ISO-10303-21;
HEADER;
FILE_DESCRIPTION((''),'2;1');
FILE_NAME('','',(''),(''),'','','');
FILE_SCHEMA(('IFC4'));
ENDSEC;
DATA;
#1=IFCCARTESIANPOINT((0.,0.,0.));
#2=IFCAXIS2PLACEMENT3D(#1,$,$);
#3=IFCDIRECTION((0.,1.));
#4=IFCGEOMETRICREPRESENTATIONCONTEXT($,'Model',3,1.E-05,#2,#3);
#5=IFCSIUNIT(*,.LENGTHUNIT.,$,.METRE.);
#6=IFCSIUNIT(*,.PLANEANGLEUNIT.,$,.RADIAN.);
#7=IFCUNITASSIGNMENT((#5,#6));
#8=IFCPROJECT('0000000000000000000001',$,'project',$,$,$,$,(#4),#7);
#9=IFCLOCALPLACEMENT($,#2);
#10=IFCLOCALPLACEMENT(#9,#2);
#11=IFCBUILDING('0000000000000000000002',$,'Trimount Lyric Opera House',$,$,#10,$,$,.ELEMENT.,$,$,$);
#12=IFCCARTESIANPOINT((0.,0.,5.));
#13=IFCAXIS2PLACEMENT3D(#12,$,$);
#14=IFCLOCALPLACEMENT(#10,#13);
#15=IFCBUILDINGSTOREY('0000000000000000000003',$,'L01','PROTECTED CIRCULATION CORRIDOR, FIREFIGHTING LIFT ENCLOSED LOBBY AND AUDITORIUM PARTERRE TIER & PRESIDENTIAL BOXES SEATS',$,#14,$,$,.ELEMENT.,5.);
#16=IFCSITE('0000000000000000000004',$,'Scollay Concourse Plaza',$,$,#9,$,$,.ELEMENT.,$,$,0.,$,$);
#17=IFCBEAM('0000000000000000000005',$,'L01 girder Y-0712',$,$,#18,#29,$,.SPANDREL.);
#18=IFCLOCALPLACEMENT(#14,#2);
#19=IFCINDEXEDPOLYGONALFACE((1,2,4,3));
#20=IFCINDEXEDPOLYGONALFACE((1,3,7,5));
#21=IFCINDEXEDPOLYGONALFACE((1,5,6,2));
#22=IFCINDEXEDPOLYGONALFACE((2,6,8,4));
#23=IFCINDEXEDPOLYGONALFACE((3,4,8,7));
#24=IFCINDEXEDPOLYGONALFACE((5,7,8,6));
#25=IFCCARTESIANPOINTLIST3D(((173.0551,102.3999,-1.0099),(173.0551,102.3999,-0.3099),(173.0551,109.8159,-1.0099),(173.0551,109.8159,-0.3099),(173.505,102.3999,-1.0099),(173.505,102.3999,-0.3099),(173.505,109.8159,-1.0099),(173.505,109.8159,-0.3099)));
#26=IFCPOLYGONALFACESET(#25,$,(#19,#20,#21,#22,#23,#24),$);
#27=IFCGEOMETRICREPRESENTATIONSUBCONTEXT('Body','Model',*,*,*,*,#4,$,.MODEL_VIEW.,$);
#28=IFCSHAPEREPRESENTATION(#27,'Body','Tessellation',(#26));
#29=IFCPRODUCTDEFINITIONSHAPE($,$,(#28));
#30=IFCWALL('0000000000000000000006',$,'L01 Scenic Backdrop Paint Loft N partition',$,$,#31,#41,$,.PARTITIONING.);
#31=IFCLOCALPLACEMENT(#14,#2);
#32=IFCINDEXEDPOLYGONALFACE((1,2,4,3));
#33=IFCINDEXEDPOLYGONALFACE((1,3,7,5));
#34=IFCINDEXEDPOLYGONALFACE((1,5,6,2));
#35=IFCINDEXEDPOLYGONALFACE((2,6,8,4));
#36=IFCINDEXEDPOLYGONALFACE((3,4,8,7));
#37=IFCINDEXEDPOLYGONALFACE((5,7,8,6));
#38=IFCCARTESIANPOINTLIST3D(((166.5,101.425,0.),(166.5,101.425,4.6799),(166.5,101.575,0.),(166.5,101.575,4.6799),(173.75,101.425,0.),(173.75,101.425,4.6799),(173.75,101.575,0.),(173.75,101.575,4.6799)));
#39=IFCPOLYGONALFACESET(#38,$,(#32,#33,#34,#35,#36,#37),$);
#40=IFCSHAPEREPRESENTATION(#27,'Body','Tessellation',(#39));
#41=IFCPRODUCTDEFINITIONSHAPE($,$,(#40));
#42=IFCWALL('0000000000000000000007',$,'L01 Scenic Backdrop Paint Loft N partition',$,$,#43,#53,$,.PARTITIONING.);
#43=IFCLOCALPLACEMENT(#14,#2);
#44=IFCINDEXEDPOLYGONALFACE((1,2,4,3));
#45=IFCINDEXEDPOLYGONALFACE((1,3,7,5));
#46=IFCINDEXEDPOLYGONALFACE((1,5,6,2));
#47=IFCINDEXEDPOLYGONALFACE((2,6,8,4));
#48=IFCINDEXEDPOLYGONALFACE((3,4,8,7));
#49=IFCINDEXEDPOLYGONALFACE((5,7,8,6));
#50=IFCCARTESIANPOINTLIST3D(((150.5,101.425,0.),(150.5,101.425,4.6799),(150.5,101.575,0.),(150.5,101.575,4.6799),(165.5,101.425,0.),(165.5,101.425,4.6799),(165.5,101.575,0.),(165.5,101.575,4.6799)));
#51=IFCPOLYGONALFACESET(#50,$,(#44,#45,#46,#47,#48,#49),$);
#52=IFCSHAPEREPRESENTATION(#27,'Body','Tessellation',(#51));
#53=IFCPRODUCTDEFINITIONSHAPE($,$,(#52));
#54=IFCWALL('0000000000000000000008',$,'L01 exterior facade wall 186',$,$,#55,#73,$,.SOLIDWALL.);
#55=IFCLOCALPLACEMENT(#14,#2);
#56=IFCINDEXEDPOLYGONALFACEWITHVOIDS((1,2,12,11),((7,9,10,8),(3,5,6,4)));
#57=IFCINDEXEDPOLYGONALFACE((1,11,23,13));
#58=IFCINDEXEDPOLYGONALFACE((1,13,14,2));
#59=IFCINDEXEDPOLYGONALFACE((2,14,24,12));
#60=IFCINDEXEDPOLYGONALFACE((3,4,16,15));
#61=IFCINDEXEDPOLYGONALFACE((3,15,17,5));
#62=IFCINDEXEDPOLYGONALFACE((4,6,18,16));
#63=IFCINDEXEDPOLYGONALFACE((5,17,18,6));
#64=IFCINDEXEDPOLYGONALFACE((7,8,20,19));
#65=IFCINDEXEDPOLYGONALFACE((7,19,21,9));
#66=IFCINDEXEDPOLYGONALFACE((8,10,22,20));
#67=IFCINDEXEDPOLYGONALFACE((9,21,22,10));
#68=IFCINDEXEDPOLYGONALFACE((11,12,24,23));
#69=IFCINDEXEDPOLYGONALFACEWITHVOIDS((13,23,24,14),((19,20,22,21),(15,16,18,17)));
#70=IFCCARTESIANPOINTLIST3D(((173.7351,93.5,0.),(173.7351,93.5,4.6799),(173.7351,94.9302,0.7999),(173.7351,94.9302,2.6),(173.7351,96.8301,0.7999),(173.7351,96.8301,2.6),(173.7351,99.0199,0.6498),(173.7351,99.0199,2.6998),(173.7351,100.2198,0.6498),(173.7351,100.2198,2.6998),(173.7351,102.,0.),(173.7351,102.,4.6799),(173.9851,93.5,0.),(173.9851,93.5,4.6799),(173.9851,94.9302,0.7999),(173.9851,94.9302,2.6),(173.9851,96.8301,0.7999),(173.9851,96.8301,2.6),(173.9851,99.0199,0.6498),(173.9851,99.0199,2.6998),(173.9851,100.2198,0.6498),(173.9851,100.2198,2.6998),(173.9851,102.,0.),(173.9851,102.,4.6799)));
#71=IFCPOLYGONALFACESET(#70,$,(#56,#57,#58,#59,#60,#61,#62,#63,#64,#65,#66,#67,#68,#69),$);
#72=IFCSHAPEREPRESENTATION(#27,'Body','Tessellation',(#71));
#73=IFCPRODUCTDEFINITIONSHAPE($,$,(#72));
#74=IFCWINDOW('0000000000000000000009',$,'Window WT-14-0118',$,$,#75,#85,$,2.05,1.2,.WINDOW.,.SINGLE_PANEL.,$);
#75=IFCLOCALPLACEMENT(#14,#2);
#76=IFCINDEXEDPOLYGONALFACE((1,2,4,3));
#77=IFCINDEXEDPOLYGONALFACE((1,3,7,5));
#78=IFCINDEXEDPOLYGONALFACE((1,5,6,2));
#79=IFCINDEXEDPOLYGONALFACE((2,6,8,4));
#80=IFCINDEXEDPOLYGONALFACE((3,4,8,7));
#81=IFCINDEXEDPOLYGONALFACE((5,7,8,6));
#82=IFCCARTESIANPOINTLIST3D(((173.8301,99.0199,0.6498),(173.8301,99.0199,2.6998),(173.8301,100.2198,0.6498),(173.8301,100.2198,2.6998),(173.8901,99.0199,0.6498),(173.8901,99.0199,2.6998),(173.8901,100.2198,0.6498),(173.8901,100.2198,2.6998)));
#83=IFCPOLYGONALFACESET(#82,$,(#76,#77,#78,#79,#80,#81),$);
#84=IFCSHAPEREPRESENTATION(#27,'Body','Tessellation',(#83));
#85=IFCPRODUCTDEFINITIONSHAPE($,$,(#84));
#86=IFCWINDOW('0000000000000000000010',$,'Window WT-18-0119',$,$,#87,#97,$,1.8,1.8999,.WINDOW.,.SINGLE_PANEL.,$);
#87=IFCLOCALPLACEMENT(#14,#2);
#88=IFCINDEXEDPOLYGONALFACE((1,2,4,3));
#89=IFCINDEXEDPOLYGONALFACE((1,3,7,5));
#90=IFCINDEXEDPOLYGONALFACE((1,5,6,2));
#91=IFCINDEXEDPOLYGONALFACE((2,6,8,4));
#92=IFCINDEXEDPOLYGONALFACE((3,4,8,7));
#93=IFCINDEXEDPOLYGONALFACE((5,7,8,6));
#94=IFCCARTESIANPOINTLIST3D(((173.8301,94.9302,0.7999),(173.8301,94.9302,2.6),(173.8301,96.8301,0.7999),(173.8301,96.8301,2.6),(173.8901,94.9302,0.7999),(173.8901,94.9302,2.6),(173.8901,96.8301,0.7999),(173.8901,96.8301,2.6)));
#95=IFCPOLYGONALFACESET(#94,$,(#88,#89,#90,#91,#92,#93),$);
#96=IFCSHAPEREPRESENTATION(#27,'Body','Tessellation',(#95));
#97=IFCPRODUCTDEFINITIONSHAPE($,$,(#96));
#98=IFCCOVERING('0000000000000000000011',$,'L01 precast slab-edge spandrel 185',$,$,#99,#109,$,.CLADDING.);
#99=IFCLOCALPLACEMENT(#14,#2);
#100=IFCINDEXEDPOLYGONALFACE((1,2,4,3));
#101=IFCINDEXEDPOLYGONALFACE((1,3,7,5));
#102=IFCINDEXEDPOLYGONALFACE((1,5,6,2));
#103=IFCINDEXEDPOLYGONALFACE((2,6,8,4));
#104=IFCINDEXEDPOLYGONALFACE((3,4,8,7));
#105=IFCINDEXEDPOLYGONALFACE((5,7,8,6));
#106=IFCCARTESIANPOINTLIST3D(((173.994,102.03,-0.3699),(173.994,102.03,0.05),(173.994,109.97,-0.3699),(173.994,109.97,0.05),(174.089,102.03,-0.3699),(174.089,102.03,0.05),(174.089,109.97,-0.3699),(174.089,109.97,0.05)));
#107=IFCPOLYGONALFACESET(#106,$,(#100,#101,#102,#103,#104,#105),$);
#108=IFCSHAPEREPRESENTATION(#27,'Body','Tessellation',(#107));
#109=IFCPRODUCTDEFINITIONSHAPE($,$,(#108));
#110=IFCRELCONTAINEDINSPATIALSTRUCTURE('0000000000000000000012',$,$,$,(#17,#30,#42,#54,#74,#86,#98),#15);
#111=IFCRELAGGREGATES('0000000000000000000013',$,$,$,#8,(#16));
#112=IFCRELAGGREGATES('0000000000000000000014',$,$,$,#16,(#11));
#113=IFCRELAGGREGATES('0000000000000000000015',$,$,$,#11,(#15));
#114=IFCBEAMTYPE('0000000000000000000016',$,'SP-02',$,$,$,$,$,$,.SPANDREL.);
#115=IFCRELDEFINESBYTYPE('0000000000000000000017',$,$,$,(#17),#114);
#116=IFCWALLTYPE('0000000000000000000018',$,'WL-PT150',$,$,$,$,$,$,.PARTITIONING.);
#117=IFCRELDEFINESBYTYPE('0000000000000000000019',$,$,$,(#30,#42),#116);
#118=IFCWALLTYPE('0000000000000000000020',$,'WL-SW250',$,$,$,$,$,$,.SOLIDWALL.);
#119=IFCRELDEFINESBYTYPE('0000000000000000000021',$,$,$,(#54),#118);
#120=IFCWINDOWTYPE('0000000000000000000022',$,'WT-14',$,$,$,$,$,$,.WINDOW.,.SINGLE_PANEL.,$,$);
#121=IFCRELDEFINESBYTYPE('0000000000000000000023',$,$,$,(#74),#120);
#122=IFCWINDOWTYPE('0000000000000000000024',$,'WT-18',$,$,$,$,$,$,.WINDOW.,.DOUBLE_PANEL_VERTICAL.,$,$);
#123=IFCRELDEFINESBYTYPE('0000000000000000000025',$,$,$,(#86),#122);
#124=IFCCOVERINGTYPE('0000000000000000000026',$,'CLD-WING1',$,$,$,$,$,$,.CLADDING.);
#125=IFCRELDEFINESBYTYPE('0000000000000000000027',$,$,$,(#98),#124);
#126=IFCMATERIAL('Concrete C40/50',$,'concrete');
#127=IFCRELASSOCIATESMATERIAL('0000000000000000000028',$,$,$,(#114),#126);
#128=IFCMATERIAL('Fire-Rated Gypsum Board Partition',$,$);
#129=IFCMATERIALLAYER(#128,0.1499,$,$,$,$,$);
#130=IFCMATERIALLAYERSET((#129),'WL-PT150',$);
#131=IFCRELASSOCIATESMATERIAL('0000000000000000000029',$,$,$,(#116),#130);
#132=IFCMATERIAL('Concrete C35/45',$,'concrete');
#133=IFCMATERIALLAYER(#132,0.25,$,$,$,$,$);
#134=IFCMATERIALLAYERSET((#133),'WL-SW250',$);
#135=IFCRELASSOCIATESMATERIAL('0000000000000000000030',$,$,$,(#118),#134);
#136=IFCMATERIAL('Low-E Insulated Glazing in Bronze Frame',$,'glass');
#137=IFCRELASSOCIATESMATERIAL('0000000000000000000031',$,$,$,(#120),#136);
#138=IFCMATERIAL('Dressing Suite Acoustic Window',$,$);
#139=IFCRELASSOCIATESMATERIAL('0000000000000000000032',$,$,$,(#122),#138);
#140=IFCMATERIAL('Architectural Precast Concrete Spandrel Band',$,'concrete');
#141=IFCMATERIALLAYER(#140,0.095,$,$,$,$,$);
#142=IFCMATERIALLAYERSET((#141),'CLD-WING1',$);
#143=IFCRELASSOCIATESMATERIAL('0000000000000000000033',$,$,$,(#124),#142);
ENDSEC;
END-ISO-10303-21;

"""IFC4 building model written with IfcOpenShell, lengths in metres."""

from ifc_helpers import new_model, si_unit, direction, frame, frame_2d, origin, origin_2d, place, context, subcontext, project, spatial, rectangle, extrude, material, layer, layer_set, material_profile, profile_set, type_object, element, fill, save


model = new_model("IFC4")

# Units and contexts
model_context = context("Model", 3, precision=1e-05, world=origin(), true_north=direction((0.0, 1.0)))
body_context = subcontext(model_context, "Body", "Model", "MODEL_VIEW")
ifc_project = project(units=[si_unit("LENGTHUNIT", "METRE"), si_unit("PLANEANGLEUNIT", "RADIAN")], contexts=[model_context])

# Site, building, storey
site_placement = place(None, origin())
site = spatial("IfcSite", under=ifc_project, at=site_placement, Name="Scollay Concourse Plaza", CompositionType="ELEMENT", RefElevation=0.0)
building_placement = place(site_placement, origin())
building = spatial("IfcBuilding", under=site, at=building_placement, Name="Trimount Lyric Opera House", CompositionType="ELEMENT")
storey_placement = place(building_placement, frame((0.0, 0.0, 5.0)))
storey = spatial("IfcBuildingStorey", under=building, at=storey_placement, Name="L01", Description="PROTECTED CIRCULATION CORRIDOR, FIREFIGHTING LIFT ENCLOSED LOBBY AND AUDITORIUM PARTERRE TIER & PRESIDENTIAL BOXES SEATS", CompositionType="ELEMENT", Elevation=5.0)

# Beam
ifc_material_1 = material(Name="Concrete C40/50", Category="concrete")
ifc_material_profile_1 = material_profile(ifc_material_1, rectangle(XDim=0.45, YDim=0.7, at=origin_2d()), Name="RC450X700")
ifc_profile_set_1 = profile_set([ifc_material_profile_1], Name="Concrete C40/50")
beam_type_1 = type_object("IfcBeamType", Name="SP-02", PredefinedType="SPANDREL", material=ifc_profile_set_1)
beam_1_placement = place(storey_placement, frame((173.28, 102.3999, -0.6599), z_axis=(0.0, 1.0, 0.0), x_axis=(-1.0, 0.0, 0.0)))
element("IfcBeam", 1, at=beam_1_placement, inside=storey, type_object=beam_type_1, Name="L01 girder Y-0712", PredefinedType="SPANDREL", context=body_context, shape_type="SweptSolid", body=[
    extrude(rectangle(XDim=0.45, YDim=0.7, at=origin_2d()), origin(), (0.0, 0.0, 1.0), 7.416),
])

# Walls
ifc_material_2 = material(Name="Fire-Rated Gypsum Board Partition")
ifc_layer_1 = layer(ifc_material_2, 0.1499)
ifc_layer_set_1 = layer_set([ifc_layer_1], Name="WL-PT150")
wall_type_1 = type_object("IfcWallType", Name="WL-PT150", PredefinedType="PARTITIONING", material=ifc_layer_set_1)
wall_1_placement = place(storey_placement, frame((173.75, 101.5, 0.0), z_axis=(0.0, 0.0, 1.0), x_axis=(-1.0, 0.0, 0.0)))
element("IfcWall", 2, at=wall_1_placement, inside=storey, type_object=wall_type_1, Name="L01 Scenic Backdrop Paint Loft N partition", PredefinedType="PARTITIONING", context=body_context, shape_type="SweptSolid", body=[
    extrude(rectangle(XDim=7.25, YDim=0.1499, at=frame_2d((3.625, 0.0))), origin(), (0.0, 0.0, 1.0), 4.6799),
])
wall_2_placement = place(storey_placement, frame((165.5, 101.5, 0.0), z_axis=(0.0, 0.0, 1.0), x_axis=(-1.0, 0.0, 0.0)))
element("IfcWall", 3, at=wall_2_placement, inside=storey, type_object=wall_type_1, Name="L01 Scenic Backdrop Paint Loft N partition", PredefinedType="PARTITIONING", context=body_context, shape_type="SweptSolid", body=[
    extrude(rectangle(XDim=15.0, YDim=0.1499, at=frame_2d((7.5, 0.0))), origin(), (0.0, 0.0, 1.0), 4.6799),
])

# Wall, openings, windows
ifc_material_3 = material(Name="Concrete C35/45", Category="concrete")
ifc_layer_2 = layer(ifc_material_3, 0.25)
ifc_layer_set_2 = layer_set([ifc_layer_2], Name="WL-SW250")
wall_type_2 = type_object("IfcWallType", Name="WL-SW250", PredefinedType="SOLIDWALL", material=ifc_layer_set_2)
wall_3_placement = place(storey_placement, frame((173.8601, 102.0, 0.0), z_axis=(0.0, 0.0, 1.0), x_axis=(0.0, -1.0, 0.0)))
wall_3 = element("IfcWall", 4, at=wall_3_placement, inside=storey, type_object=wall_type_2, Name="L01 exterior facade wall 186", PredefinedType="SOLIDWALL", context=body_context, shape_type="SweptSolid", body=[
    extrude(rectangle(XDim=8.5, YDim=0.25, at=frame_2d((4.25, 0.0))), origin(), (0.0, 0.0, 1.0), 4.6799),
])
opening_1_placement = place(wall_3_placement, frame((1.78, 0.0, 0.6499)))
opening_1 = element("IfcOpeningElement", 5, at=opening_1_placement, cuts=wall_3, PredefinedType="OPENING", context=body_context, shape_type="SweptSolid", body=[
    extrude(rectangle(XDim=1.2, YDim=2.05, at=frame_2d((0.6001, 1.0249))), frame((0.0, 0.135, 0.0), z_axis=(0.0, -1.0, 0.0), x_axis=(1.0, 0.0, 0.0)), (0.0, 0.0, 1.0), 0.27),
])
opening_2_placement = place(wall_3_placement, frame((5.1699, 0.0, 0.8)))
opening_2 = element("IfcOpeningElement", 6, at=opening_2_placement, cuts=wall_3, PredefinedType="OPENING", context=body_context, shape_type="SweptSolid", body=[
    extrude(rectangle(XDim=1.8999, YDim=1.8, at=frame_2d((0.95, 0.8999))), frame((0.0, 0.135, 0.0), z_axis=(0.0, -1.0, 0.0), x_axis=(1.0, 0.0, 0.0)), (0.0, 0.0, 1.0), 0.27),
])
ifc_material_4 = material(Name="Low-E Insulated Glazing in Bronze Frame", Category="glass")
window_type_1 = type_object("IfcWindowType", Name="WT-14", PartitioningType="SINGLE_PANEL", PredefinedType="WINDOW", material=ifc_material_4)
window_1_placement = place(opening_1_placement, origin())
window_1 = element("IfcWindow", 7, at=window_1_placement, inside=storey, type_object=window_type_1, Name="Window WT-14-0118", OverallHeight=2.05, OverallWidth=1.2, PartitioningType="SINGLE_PANEL", PredefinedType="WINDOW", context=body_context, shape_type="SweptSolid", body=[
    extrude(rectangle(XDim=1.2, YDim=2.05, at=frame_2d((0.6001, 1.0249))), frame((0.0, 0.03, 0.0), z_axis=(0.0, -1.0, 0.0), x_axis=(1.0, 0.0, 0.0)), (0.0, 0.0, 1.0), 0.0601),
])
fill(opening_1, window_1)
ifc_material_5 = material(Name="Dressing Suite Acoustic Window")
window_type_2 = type_object("IfcWindowType", Name="WT-18", PartitioningType="DOUBLE_PANEL_VERTICAL", PredefinedType="WINDOW", material=ifc_material_5)
window_2_placement = place(opening_2_placement, origin())
window_2 = element("IfcWindow", 8, at=window_2_placement, inside=storey, type_object=window_type_2, Name="Window WT-18-0119", OverallHeight=1.8, OverallWidth=1.8999, PartitioningType="SINGLE_PANEL", PredefinedType="WINDOW", context=body_context, shape_type="SweptSolid", body=[
    extrude(rectangle(XDim=1.8999, YDim=1.8, at=frame_2d((0.95, 0.8999))), frame((0.0, 0.03, 0.0), z_axis=(0.0, -1.0, 0.0), x_axis=(1.0, 0.0, 0.0)), (0.0, 0.0, 1.0), 0.0601),
])
fill(opening_2, window_2)

# Covering
ifc_material_6 = material(Name="Architectural Precast Concrete Spandrel Band", Category="concrete")
ifc_layer_3 = layer(ifc_material_6, 0.095)
ifc_layer_set_3 = layer_set([ifc_layer_3], Name="CLD-WING1")
covering_type = type_object("IfcCoveringType", Name="CLD-WING1", PredefinedType="CLADDING", material=ifc_layer_set_3)
covering_placement = place(storey_placement, frame((174.0415, 106.0, -0.3699), z_axis=(0.0, 0.0, 1.0), x_axis=(0.0, -1.0, 0.0)))
element("IfcCovering", 9, at=covering_placement, inside=storey, type_object=covering_type, Name="L01 precast slab-edge spandrel 185", PredefinedType="CLADDING", context=body_context, shape_type="SweptSolid", body=[
    extrude(rectangle(XDim=7.9399, YDim=0.095, at=origin_2d()), origin(), (0.0, 0.0, 1.0), 0.4199),
])

save(model, "model.ifc")
